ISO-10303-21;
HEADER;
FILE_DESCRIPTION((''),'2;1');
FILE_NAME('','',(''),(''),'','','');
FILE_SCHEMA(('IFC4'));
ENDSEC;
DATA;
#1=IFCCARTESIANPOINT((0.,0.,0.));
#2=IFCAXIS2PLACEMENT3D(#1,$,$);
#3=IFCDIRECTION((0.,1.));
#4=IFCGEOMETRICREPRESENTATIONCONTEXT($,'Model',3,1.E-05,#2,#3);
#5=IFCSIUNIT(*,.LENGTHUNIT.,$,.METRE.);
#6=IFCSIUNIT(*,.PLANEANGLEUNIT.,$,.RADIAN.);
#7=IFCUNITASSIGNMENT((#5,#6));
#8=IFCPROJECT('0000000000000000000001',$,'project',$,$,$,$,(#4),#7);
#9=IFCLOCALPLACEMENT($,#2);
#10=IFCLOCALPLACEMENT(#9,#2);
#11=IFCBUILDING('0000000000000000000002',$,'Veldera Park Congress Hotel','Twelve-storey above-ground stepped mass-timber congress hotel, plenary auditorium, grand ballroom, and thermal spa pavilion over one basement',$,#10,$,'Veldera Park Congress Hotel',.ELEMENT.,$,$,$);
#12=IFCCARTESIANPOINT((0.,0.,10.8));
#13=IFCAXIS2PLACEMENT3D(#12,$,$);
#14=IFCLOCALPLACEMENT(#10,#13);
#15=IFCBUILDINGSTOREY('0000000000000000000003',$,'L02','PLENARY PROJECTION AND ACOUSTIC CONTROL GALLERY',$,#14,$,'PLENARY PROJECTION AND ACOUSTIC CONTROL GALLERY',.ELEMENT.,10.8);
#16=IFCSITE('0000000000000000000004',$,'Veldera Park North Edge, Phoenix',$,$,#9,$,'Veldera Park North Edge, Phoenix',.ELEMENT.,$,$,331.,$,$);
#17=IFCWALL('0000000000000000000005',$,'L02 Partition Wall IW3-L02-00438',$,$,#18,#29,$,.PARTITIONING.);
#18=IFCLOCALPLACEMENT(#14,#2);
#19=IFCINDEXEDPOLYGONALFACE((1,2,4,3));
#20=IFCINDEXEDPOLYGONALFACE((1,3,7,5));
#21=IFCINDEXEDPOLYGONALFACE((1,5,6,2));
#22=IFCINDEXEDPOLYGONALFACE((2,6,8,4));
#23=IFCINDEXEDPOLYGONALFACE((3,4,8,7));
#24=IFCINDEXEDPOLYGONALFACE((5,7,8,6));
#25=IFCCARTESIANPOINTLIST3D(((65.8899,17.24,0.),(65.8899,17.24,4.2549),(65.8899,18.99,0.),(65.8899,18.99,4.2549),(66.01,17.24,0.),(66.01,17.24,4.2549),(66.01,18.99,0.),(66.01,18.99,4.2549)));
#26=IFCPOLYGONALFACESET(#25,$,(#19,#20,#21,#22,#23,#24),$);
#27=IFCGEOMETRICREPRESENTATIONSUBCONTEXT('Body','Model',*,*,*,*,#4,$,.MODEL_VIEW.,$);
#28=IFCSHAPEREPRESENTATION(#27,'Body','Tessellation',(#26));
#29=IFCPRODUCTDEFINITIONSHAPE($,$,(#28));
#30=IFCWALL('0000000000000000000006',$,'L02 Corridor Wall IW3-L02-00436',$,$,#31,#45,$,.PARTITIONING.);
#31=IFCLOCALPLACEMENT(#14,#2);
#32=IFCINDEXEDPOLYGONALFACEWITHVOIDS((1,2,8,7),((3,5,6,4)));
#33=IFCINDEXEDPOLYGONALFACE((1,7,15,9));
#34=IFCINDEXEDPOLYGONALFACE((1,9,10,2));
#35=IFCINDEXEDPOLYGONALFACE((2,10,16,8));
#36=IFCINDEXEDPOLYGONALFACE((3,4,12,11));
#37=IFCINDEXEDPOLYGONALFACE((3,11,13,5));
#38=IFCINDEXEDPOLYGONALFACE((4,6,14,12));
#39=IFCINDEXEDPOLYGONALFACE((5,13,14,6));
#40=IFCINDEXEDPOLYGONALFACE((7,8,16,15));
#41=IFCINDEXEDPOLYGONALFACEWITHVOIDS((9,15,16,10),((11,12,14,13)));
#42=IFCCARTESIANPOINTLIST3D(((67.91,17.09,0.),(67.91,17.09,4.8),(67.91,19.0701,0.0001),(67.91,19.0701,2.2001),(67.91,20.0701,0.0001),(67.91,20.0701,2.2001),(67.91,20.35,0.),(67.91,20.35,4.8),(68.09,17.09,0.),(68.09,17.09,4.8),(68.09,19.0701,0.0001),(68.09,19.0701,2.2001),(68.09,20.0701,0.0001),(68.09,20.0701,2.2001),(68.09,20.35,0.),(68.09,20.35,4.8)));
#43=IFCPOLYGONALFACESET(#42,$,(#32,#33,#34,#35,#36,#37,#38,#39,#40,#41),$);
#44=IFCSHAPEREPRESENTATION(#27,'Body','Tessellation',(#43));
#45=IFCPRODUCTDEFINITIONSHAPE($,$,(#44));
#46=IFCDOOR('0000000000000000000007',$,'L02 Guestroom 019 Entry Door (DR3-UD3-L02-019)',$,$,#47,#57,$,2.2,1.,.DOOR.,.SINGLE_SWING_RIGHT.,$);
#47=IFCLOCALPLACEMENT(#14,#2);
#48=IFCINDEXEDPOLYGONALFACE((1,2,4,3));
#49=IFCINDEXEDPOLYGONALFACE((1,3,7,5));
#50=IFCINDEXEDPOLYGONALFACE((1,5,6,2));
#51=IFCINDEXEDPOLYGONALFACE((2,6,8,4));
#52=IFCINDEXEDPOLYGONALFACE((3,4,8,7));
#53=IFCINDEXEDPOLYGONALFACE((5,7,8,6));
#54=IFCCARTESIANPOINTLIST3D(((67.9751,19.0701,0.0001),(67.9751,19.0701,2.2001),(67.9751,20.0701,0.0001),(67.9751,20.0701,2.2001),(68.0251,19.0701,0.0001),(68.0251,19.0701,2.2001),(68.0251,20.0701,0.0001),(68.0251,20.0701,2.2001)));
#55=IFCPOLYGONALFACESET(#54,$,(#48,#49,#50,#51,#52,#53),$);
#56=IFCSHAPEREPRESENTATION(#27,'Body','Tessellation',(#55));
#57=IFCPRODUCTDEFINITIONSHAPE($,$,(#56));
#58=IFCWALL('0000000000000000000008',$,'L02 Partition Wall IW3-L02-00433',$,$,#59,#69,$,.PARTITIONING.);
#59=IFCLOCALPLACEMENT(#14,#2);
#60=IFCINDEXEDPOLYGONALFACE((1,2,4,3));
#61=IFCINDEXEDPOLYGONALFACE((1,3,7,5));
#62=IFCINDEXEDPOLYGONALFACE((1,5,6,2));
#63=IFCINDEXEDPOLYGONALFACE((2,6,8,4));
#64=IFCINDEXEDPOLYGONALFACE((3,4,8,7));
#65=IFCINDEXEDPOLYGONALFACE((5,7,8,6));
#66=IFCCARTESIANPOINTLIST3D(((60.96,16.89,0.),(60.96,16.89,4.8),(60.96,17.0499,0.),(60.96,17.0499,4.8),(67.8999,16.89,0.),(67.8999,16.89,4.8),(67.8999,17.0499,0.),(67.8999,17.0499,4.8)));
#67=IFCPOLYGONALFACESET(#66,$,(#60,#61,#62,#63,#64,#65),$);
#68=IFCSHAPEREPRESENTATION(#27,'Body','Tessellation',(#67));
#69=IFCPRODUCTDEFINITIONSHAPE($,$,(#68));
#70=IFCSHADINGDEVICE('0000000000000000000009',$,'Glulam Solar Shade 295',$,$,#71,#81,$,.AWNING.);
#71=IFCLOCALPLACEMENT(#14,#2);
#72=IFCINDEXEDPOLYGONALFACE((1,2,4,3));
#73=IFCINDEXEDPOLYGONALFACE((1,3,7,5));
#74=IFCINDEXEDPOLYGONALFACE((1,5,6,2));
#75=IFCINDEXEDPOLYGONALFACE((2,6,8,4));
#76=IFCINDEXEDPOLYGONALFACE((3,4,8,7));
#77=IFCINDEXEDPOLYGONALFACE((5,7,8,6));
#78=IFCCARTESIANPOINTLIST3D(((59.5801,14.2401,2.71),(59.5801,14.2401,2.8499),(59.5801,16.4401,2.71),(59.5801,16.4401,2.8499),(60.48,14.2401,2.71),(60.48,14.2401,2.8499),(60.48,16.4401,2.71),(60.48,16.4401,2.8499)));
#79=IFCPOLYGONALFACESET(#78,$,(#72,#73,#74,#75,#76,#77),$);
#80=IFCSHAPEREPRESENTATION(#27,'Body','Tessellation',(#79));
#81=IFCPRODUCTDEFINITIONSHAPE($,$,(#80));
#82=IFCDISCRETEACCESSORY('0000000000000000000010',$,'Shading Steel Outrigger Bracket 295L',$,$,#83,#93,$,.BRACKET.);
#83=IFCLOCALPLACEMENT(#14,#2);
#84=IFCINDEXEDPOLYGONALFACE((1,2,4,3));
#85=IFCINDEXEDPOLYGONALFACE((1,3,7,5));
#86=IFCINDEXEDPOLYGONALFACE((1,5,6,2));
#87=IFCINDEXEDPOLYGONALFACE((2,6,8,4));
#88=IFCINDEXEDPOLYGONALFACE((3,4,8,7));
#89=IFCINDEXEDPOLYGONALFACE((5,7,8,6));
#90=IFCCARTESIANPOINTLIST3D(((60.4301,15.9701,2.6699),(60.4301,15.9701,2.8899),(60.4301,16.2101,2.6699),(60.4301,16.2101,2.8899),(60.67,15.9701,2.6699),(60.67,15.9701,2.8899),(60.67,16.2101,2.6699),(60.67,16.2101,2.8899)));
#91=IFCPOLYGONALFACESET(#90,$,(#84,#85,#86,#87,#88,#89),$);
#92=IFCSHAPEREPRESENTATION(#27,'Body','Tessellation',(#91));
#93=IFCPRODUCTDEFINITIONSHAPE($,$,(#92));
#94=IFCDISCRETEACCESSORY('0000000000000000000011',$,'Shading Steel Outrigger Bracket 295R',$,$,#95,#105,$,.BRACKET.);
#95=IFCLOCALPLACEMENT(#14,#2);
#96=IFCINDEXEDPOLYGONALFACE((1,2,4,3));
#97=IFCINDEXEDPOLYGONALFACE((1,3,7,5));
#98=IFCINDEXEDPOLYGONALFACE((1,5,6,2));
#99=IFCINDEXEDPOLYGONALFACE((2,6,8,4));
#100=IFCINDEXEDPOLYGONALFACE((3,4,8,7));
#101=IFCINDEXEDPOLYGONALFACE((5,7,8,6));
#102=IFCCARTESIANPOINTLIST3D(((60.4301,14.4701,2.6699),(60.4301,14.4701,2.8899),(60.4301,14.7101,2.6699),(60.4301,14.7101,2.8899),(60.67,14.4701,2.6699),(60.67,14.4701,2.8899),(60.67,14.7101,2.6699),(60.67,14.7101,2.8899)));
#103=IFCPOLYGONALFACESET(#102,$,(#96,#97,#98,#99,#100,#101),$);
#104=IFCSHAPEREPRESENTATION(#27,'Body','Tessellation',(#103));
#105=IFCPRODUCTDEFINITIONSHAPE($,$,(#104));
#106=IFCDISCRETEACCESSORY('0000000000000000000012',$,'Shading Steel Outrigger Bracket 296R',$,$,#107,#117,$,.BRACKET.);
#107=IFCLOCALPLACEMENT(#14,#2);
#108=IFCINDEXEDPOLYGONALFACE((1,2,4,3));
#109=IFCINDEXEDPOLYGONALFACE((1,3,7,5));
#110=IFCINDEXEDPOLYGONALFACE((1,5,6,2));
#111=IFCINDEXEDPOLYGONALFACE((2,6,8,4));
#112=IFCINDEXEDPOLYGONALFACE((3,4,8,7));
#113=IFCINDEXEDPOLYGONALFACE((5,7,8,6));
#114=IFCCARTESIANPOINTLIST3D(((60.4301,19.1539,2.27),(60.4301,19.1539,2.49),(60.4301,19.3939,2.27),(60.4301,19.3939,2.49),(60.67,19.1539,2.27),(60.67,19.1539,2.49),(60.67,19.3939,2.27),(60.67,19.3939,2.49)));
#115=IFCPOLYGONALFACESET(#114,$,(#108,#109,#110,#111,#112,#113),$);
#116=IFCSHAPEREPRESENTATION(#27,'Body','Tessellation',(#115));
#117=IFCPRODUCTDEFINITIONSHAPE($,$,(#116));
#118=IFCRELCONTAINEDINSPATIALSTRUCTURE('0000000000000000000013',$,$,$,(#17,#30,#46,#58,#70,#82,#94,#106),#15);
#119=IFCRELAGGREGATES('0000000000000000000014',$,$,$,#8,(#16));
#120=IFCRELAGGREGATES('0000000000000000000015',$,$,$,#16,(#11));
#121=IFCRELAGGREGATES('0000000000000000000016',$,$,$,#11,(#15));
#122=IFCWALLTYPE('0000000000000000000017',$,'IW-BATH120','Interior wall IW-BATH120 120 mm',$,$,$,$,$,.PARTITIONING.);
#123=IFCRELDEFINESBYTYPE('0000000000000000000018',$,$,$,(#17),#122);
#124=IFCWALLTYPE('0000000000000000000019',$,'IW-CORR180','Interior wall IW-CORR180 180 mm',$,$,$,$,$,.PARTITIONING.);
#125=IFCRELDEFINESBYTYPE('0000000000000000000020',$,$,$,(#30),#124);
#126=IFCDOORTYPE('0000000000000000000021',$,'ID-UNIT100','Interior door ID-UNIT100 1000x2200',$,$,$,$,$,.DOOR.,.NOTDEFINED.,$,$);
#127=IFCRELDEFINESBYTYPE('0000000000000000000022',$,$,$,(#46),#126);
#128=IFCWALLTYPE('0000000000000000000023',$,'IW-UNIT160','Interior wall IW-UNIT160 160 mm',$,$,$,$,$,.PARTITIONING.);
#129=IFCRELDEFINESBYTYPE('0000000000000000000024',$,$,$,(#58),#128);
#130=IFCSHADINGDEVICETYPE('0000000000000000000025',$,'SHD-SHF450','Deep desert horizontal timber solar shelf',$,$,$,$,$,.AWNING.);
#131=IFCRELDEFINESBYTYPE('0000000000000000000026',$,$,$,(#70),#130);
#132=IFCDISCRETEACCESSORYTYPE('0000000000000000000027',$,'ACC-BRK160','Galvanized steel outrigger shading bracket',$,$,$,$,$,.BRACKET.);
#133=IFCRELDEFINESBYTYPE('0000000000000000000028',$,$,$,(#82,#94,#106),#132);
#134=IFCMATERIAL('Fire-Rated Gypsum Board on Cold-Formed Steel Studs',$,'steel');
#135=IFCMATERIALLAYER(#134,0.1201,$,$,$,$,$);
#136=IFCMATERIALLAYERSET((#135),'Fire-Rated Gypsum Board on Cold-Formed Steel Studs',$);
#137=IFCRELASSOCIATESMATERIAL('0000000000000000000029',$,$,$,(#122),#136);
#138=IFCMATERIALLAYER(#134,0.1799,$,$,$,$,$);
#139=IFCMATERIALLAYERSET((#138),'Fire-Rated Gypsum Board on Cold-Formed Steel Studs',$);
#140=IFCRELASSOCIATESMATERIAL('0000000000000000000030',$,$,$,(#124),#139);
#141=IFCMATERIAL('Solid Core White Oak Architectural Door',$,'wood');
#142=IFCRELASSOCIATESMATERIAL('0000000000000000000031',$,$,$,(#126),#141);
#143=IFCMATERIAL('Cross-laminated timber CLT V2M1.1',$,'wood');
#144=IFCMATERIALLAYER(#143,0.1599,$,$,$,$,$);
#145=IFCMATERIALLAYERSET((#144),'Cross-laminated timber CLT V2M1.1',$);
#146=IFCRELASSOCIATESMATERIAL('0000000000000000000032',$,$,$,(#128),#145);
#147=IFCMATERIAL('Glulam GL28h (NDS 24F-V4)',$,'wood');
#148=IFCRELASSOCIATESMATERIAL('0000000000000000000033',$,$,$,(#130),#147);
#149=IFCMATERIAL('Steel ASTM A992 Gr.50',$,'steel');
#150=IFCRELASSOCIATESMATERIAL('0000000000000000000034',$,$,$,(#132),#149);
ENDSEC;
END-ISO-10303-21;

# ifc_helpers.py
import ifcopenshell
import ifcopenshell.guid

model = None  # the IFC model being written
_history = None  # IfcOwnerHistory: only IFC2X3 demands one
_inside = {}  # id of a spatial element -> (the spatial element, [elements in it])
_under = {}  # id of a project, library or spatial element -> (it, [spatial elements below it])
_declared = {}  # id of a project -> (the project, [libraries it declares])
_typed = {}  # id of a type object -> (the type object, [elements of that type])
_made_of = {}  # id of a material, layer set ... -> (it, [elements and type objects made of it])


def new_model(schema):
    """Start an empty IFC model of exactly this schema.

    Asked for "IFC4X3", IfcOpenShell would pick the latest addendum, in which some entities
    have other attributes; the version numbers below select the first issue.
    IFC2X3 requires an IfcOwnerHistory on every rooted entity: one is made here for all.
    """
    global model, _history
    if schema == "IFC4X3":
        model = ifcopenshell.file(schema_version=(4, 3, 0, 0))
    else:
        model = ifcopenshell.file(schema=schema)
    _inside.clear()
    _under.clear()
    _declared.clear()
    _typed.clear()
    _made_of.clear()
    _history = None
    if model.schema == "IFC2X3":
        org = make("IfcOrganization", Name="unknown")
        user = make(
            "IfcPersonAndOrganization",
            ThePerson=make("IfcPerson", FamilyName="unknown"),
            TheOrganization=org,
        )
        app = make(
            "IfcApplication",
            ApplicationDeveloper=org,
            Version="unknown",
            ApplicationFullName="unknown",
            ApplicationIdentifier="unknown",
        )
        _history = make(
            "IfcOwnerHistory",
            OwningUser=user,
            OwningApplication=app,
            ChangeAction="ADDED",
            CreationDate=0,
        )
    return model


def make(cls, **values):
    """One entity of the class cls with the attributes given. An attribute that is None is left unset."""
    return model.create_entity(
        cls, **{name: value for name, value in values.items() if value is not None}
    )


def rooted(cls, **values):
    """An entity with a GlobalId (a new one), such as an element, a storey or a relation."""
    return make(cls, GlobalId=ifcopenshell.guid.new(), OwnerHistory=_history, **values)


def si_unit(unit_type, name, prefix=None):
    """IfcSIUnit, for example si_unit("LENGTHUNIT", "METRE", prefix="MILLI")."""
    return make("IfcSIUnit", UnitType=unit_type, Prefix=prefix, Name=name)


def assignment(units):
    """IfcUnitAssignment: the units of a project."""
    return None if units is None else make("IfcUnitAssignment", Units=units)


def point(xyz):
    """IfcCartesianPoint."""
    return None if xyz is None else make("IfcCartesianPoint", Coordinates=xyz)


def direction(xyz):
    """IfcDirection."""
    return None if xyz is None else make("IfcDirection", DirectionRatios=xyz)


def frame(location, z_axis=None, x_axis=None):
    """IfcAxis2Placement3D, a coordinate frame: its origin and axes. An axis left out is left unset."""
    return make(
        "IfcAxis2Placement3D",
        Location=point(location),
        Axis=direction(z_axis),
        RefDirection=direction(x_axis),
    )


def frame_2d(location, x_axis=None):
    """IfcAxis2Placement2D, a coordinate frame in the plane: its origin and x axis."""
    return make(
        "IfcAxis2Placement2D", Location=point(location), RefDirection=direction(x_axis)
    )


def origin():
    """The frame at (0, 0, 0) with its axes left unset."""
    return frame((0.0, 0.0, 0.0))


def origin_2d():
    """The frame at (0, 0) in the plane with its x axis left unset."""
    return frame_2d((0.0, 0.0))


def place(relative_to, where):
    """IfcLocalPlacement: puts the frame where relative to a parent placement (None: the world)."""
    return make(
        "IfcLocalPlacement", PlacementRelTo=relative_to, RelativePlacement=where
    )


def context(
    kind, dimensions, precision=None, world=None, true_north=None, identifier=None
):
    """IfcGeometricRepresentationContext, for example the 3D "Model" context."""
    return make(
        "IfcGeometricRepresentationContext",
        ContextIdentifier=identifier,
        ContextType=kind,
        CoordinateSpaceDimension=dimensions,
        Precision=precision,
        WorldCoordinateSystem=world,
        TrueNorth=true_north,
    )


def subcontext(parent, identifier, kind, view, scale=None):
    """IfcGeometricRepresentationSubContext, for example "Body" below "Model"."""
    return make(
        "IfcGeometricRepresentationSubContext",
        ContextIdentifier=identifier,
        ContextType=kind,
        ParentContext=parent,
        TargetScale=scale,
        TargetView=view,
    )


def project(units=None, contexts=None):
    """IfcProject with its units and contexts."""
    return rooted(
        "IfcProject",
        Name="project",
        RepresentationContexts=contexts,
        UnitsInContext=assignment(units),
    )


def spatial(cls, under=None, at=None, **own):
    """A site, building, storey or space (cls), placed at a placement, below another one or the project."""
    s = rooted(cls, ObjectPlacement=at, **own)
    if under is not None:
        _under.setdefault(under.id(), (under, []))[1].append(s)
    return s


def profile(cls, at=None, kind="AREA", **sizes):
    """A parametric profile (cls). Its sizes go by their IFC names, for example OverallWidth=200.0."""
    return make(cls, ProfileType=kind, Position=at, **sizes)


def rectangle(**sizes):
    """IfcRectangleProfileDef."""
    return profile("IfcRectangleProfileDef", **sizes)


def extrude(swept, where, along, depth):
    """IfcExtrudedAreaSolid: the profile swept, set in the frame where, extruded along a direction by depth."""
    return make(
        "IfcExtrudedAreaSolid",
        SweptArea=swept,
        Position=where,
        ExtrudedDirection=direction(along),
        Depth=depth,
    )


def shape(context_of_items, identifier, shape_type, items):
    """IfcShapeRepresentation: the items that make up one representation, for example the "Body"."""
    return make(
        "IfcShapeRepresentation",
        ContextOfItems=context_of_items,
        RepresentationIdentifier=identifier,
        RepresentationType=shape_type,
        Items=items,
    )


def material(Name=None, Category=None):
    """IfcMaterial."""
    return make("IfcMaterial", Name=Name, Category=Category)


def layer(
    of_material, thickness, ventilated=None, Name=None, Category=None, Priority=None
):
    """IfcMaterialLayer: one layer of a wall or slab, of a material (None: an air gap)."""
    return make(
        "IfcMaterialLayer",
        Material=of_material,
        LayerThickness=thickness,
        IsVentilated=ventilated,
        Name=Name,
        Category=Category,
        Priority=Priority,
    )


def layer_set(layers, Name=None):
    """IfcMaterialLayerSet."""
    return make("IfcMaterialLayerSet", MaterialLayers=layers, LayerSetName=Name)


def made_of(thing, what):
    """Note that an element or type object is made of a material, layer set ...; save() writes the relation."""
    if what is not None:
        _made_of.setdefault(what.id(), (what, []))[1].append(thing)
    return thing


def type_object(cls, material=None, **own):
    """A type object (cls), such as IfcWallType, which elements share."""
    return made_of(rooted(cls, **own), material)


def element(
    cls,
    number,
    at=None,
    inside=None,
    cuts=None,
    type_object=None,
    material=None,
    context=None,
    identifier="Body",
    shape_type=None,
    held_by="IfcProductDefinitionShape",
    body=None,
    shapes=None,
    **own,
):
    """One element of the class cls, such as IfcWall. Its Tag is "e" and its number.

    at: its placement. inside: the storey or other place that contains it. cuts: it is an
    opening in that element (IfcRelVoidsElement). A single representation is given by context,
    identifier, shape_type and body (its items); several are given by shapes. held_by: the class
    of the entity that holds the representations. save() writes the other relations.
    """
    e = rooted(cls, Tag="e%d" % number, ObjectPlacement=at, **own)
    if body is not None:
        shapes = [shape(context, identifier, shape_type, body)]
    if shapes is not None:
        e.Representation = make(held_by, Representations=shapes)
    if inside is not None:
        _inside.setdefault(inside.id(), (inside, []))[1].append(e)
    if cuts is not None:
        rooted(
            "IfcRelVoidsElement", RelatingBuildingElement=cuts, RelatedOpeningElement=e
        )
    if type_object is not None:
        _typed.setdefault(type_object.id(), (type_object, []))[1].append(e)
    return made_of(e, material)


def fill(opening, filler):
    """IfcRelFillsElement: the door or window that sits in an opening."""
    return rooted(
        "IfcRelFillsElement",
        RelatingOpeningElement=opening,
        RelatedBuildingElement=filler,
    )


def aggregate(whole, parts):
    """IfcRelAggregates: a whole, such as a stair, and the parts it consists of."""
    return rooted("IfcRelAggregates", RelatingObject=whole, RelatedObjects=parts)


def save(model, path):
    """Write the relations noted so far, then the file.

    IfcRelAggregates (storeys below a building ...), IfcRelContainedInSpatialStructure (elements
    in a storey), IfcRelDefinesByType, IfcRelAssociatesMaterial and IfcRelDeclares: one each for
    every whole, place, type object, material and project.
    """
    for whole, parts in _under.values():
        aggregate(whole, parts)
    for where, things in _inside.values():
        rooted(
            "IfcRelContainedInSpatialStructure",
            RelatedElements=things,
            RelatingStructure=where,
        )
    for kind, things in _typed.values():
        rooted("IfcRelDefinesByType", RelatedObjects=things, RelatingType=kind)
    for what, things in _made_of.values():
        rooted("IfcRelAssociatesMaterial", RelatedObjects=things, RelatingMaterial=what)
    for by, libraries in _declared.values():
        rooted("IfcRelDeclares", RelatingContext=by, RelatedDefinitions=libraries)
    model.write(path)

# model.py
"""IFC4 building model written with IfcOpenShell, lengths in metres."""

from ifc_helpers import new_model, si_unit, direction, frame, frame_2d, origin, origin_2d, place, context, subcontext, project, spatial, rectangle, extrude, material, layer, layer_set, type_object, element, fill, save


model = new_model("IFC4")

# Units and contexts
model_context = context("Model", 3, precision=1e-05, world=origin(), true_north=direction((0.0, 1.0)))
body_context = subcontext(model_context, "Body", "Model", "MODEL_VIEW")
ifc_project = project(units=[si_unit("LENGTHUNIT", "METRE"), si_unit("PLANEANGLEUNIT", "RADIAN")], contexts=[model_context])

# Site, building, storey
site_placement = place(None, origin())
site = spatial("IfcSite", under=ifc_project, at=site_placement, Name="Veldera Park North Edge, Phoenix", LongName="Veldera Park North Edge, Phoenix", CompositionType="ELEMENT", RefElevation=331.0)
building_placement = place(site_placement, origin())
building = spatial("IfcBuilding", under=site, at=building_placement, Name="Veldera Park Congress Hotel", Description="Twelve-storey above-ground stepped mass-timber congress hotel, plenary auditorium, grand ballroom, and thermal spa pavilion over one basement", LongName="Veldera Park Congress Hotel", CompositionType="ELEMENT")
storey_placement = place(building_placement, frame((0.0, 0.0, 10.8)))
storey = spatial("IfcBuildingStorey", under=building, at=storey_placement, Name="L02", Description="PLENARY PROJECTION AND ACOUSTIC CONTROL GALLERY", LongName="PLENARY PROJECTION AND ACOUSTIC CONTROL GALLERY", CompositionType="ELEMENT", Elevation=10.8)

# Shared definitions
ifc_material_1 = material(Name="Glulam GL28h (NDS 24F-V4)", Category="wood")

# Shared definitions
ifc_material_2 = material(Name="Cross-laminated timber CLT V2M1.1", Category="wood")

# Shared definitions
ifc_material_3 = material(Name="Fire-Rated Gypsum Board on Cold-Formed Steel Studs", Category="steel")
ifc_layer_1 = layer(ifc_material_3, 0.1201)
ifc_layer_set_1 = layer_set([ifc_layer_1], Name="Fire-Rated Gypsum Board on Cold-Formed Steel Studs")
wall_type_1 = type_object("IfcWallType", Name="IW-BATH120", Description="Interior wall IW-BATH120 120 mm", PredefinedType="PARTITIONING", material=ifc_layer_set_1)
ifc_material_4 = material(Name="Solid Core White Oak Architectural Door", Category="wood")

# Wall
wall_1_placement = place(storey_placement, frame((65.95, 17.24, 0.0), z_axis=(0.0, 0.0, 1.0), x_axis=(0.0, 1.0, 0.0)))
element("IfcWall", 1, at=wall_1_placement, inside=storey, type_object=wall_type_1, Name="L02 Partition Wall IW3-L02-00438", PredefinedType="PARTITIONING", context=body_context, shape_type="SweptSolid", body=[
    extrude(rectangle(XDim=1.75, YDim=0.1201, at=frame_2d((0.875, 0.0))), origin(), (0.0, 0.0, 1.0), 4.2549),
])

# Wall, opening, door
ifc_layer_2 = layer(ifc_material_3, 0.1799)
ifc_layer_set_2 = layer_set([ifc_layer_2], Name="Fire-Rated Gypsum Board on Cold-Formed Steel Studs")
wall_type_2 = type_object("IfcWallType", Name="IW-CORR180", Description="Interior wall IW-CORR180 180 mm", PredefinedType="PARTITIONING", material=ifc_layer_set_2)
wall_2_placement = place(storey_placement, frame((68.0, 17.0901, 0.0), z_axis=(0.0, 0.0, 1.0), x_axis=(0.0, 1.0, 0.0)))
wall_2 = element("IfcWall", 2, at=wall_2_placement, inside=storey, type_object=wall_type_2, Name="L02 Corridor Wall IW3-L02-00436", PredefinedType="PARTITIONING", context=body_context, shape_type="SweptSolid", body=[
    extrude(rectangle(XDim=3.26, YDim=0.1799, at=frame_2d((1.6299, 0.0))), origin(), (0.0, 0.0, 1.0), 4.8),
])
opening_1_placement = place(wall_2_placement, frame((1.98, 0.0, 0.0)))
opening_1 = element("IfcOpeningElement", 3, at=opening_1_placement, cuts=wall_2, PredefinedType="OPENING", context=body_context, shape_type="SweptSolid", body=[
    extrude(rectangle(XDim=1.0, YDim=2.2, at=frame_2d((0.5, 1.1001))), frame((0.0, 0.1021, 0.0), z_axis=(0.0, -1.0, 0.0), x_axis=(1.0, 0.0, 0.0)), (0.0, 0.0, 1.0), 0.2039),
])
door_type_1 = type_object("IfcDoorType", Name="ID-UNIT100", Description="Interior door ID-UNIT100 1000x2200", OperationType="NOTDEFINED", PredefinedType="DOOR", material=ifc_material_4)
door_1_placement = place(opening_1_placement, origin())
door_1 = element("IfcDoor", 4, at=door_1_placement, inside=storey, type_object=door_type_1, Name="L02 Guestroom 019 Entry Door (DR3-UD3-L02-019)", OperationType="SINGLE_SWING_RIGHT", OverallHeight=2.2, OverallWidth=1.0, PredefinedType="DOOR", context=body_context, shape_type="SweptSolid", body=[
    extrude(rectangle(XDim=1.0, YDim=2.2, at=frame_2d((0.5, 1.1001))), frame((0.0, 0.0249, 0.0), z_axis=(0.0, -1.0, 0.0), x_axis=(1.0, 0.0, 0.0)), (0.0, 0.0, 1.0), 0.05),
])
fill(opening_1, door_1)

# Wall
ifc_layer_3 = layer(ifc_material_2, 0.1599)
ifc_layer_set_3 = layer_set([ifc_layer_3], Name="Cross-laminated timber CLT V2M1.1")
wall_type_3 = type_object("IfcWallType", Name="IW-UNIT160", Description="Interior wall IW-UNIT160 160 mm", PredefinedType="PARTITIONING", material=ifc_layer_set_3)
wall_3_placement = place(storey_placement, frame((60.96, 16.97, 0.0), z_axis=(0.0, 0.0, 1.0), x_axis=(1.0, 0.0, 0.0)))
element("IfcWall", 5, at=wall_3_placement, inside=storey, type_object=wall_type_3, Name="L02 Partition Wall IW3-L02-00433", PredefinedType="PARTITIONING", context=body_context, shape_type="SweptSolid", body=[
    extrude(rectangle(XDim=6.9399, YDim=0.1599, at=frame_2d((3.47, 0.0))), origin(), (0.0, 0.0, 1.0), 4.8),
])

# Shading device
shading_device_type = type_object("IfcShadingDeviceType", Name="SHD-SHF450", Description="Deep desert horizontal timber solar shelf", PredefinedType="AWNING", material=ifc_material_1)
shading_device_placement = place(storey_placement, frame((60.03, 15.3401, 2.71), z_axis=(0.0, 0.0, 1.0), x_axis=(0.0, -1.0, 0.0)))
element("IfcShadingDevice", 6, at=shading_device_placement, inside=storey, type_object=shading_device_type, Name="Glulam Solar Shade 295", PredefinedType="AWNING", context=body_context, shape_type="SweptSolid", body=[
    extrude(rectangle(XDim=2.2, YDim=0.8999, at=origin_2d()), origin(), (0.0, 0.0, 1.0), 0.1399),
])

# Discrete accessories
ifc_material_5 = material(Name="Steel ASTM A992 Gr.50", Category="steel")
discrete_accessory_type = type_object("IfcDiscreteAccessoryType", Name="ACC-BRK160", Description="Galvanized steel outrigger shading bracket", PredefinedType="BRACKET", material=ifc_material_5)
for number, where, z_axis, x_axis, name in (
    (7, (60.55, 16.0901, 2.6699), (0.0, 0.0, 1.0), (0.0, -1.0, 0.0), "Shading Steel Outrigger Bracket 295L"),
    (8, (60.55, 14.5901, 2.6699), (0.0, 0.0, 1.0), (0.0, -1.0, 0.0), "Shading Steel Outrigger Bracket 295R"),
    (9, (60.55, 19.2739, 2.27), (0.0, 0.0, 1.0), (0.0, -1.0, 0.0), "Shading Steel Outrigger Bracket 296R"),
):
    element("IfcDiscreteAccessory", number, at=place(storey_placement, frame(where, z_axis=z_axis, x_axis=x_axis)), inside=storey, type_object=discrete_accessory_type, Name=name, PredefinedType="BRACKET", context=body_context, shape_type="SweptSolid", body=[
        extrude(rectangle(XDim=0.24, YDim=0.24, at=origin_2d()), origin(), (0.0, 0.0, 1.0), 0.22),
    ])

save(model, "model.ifc")
